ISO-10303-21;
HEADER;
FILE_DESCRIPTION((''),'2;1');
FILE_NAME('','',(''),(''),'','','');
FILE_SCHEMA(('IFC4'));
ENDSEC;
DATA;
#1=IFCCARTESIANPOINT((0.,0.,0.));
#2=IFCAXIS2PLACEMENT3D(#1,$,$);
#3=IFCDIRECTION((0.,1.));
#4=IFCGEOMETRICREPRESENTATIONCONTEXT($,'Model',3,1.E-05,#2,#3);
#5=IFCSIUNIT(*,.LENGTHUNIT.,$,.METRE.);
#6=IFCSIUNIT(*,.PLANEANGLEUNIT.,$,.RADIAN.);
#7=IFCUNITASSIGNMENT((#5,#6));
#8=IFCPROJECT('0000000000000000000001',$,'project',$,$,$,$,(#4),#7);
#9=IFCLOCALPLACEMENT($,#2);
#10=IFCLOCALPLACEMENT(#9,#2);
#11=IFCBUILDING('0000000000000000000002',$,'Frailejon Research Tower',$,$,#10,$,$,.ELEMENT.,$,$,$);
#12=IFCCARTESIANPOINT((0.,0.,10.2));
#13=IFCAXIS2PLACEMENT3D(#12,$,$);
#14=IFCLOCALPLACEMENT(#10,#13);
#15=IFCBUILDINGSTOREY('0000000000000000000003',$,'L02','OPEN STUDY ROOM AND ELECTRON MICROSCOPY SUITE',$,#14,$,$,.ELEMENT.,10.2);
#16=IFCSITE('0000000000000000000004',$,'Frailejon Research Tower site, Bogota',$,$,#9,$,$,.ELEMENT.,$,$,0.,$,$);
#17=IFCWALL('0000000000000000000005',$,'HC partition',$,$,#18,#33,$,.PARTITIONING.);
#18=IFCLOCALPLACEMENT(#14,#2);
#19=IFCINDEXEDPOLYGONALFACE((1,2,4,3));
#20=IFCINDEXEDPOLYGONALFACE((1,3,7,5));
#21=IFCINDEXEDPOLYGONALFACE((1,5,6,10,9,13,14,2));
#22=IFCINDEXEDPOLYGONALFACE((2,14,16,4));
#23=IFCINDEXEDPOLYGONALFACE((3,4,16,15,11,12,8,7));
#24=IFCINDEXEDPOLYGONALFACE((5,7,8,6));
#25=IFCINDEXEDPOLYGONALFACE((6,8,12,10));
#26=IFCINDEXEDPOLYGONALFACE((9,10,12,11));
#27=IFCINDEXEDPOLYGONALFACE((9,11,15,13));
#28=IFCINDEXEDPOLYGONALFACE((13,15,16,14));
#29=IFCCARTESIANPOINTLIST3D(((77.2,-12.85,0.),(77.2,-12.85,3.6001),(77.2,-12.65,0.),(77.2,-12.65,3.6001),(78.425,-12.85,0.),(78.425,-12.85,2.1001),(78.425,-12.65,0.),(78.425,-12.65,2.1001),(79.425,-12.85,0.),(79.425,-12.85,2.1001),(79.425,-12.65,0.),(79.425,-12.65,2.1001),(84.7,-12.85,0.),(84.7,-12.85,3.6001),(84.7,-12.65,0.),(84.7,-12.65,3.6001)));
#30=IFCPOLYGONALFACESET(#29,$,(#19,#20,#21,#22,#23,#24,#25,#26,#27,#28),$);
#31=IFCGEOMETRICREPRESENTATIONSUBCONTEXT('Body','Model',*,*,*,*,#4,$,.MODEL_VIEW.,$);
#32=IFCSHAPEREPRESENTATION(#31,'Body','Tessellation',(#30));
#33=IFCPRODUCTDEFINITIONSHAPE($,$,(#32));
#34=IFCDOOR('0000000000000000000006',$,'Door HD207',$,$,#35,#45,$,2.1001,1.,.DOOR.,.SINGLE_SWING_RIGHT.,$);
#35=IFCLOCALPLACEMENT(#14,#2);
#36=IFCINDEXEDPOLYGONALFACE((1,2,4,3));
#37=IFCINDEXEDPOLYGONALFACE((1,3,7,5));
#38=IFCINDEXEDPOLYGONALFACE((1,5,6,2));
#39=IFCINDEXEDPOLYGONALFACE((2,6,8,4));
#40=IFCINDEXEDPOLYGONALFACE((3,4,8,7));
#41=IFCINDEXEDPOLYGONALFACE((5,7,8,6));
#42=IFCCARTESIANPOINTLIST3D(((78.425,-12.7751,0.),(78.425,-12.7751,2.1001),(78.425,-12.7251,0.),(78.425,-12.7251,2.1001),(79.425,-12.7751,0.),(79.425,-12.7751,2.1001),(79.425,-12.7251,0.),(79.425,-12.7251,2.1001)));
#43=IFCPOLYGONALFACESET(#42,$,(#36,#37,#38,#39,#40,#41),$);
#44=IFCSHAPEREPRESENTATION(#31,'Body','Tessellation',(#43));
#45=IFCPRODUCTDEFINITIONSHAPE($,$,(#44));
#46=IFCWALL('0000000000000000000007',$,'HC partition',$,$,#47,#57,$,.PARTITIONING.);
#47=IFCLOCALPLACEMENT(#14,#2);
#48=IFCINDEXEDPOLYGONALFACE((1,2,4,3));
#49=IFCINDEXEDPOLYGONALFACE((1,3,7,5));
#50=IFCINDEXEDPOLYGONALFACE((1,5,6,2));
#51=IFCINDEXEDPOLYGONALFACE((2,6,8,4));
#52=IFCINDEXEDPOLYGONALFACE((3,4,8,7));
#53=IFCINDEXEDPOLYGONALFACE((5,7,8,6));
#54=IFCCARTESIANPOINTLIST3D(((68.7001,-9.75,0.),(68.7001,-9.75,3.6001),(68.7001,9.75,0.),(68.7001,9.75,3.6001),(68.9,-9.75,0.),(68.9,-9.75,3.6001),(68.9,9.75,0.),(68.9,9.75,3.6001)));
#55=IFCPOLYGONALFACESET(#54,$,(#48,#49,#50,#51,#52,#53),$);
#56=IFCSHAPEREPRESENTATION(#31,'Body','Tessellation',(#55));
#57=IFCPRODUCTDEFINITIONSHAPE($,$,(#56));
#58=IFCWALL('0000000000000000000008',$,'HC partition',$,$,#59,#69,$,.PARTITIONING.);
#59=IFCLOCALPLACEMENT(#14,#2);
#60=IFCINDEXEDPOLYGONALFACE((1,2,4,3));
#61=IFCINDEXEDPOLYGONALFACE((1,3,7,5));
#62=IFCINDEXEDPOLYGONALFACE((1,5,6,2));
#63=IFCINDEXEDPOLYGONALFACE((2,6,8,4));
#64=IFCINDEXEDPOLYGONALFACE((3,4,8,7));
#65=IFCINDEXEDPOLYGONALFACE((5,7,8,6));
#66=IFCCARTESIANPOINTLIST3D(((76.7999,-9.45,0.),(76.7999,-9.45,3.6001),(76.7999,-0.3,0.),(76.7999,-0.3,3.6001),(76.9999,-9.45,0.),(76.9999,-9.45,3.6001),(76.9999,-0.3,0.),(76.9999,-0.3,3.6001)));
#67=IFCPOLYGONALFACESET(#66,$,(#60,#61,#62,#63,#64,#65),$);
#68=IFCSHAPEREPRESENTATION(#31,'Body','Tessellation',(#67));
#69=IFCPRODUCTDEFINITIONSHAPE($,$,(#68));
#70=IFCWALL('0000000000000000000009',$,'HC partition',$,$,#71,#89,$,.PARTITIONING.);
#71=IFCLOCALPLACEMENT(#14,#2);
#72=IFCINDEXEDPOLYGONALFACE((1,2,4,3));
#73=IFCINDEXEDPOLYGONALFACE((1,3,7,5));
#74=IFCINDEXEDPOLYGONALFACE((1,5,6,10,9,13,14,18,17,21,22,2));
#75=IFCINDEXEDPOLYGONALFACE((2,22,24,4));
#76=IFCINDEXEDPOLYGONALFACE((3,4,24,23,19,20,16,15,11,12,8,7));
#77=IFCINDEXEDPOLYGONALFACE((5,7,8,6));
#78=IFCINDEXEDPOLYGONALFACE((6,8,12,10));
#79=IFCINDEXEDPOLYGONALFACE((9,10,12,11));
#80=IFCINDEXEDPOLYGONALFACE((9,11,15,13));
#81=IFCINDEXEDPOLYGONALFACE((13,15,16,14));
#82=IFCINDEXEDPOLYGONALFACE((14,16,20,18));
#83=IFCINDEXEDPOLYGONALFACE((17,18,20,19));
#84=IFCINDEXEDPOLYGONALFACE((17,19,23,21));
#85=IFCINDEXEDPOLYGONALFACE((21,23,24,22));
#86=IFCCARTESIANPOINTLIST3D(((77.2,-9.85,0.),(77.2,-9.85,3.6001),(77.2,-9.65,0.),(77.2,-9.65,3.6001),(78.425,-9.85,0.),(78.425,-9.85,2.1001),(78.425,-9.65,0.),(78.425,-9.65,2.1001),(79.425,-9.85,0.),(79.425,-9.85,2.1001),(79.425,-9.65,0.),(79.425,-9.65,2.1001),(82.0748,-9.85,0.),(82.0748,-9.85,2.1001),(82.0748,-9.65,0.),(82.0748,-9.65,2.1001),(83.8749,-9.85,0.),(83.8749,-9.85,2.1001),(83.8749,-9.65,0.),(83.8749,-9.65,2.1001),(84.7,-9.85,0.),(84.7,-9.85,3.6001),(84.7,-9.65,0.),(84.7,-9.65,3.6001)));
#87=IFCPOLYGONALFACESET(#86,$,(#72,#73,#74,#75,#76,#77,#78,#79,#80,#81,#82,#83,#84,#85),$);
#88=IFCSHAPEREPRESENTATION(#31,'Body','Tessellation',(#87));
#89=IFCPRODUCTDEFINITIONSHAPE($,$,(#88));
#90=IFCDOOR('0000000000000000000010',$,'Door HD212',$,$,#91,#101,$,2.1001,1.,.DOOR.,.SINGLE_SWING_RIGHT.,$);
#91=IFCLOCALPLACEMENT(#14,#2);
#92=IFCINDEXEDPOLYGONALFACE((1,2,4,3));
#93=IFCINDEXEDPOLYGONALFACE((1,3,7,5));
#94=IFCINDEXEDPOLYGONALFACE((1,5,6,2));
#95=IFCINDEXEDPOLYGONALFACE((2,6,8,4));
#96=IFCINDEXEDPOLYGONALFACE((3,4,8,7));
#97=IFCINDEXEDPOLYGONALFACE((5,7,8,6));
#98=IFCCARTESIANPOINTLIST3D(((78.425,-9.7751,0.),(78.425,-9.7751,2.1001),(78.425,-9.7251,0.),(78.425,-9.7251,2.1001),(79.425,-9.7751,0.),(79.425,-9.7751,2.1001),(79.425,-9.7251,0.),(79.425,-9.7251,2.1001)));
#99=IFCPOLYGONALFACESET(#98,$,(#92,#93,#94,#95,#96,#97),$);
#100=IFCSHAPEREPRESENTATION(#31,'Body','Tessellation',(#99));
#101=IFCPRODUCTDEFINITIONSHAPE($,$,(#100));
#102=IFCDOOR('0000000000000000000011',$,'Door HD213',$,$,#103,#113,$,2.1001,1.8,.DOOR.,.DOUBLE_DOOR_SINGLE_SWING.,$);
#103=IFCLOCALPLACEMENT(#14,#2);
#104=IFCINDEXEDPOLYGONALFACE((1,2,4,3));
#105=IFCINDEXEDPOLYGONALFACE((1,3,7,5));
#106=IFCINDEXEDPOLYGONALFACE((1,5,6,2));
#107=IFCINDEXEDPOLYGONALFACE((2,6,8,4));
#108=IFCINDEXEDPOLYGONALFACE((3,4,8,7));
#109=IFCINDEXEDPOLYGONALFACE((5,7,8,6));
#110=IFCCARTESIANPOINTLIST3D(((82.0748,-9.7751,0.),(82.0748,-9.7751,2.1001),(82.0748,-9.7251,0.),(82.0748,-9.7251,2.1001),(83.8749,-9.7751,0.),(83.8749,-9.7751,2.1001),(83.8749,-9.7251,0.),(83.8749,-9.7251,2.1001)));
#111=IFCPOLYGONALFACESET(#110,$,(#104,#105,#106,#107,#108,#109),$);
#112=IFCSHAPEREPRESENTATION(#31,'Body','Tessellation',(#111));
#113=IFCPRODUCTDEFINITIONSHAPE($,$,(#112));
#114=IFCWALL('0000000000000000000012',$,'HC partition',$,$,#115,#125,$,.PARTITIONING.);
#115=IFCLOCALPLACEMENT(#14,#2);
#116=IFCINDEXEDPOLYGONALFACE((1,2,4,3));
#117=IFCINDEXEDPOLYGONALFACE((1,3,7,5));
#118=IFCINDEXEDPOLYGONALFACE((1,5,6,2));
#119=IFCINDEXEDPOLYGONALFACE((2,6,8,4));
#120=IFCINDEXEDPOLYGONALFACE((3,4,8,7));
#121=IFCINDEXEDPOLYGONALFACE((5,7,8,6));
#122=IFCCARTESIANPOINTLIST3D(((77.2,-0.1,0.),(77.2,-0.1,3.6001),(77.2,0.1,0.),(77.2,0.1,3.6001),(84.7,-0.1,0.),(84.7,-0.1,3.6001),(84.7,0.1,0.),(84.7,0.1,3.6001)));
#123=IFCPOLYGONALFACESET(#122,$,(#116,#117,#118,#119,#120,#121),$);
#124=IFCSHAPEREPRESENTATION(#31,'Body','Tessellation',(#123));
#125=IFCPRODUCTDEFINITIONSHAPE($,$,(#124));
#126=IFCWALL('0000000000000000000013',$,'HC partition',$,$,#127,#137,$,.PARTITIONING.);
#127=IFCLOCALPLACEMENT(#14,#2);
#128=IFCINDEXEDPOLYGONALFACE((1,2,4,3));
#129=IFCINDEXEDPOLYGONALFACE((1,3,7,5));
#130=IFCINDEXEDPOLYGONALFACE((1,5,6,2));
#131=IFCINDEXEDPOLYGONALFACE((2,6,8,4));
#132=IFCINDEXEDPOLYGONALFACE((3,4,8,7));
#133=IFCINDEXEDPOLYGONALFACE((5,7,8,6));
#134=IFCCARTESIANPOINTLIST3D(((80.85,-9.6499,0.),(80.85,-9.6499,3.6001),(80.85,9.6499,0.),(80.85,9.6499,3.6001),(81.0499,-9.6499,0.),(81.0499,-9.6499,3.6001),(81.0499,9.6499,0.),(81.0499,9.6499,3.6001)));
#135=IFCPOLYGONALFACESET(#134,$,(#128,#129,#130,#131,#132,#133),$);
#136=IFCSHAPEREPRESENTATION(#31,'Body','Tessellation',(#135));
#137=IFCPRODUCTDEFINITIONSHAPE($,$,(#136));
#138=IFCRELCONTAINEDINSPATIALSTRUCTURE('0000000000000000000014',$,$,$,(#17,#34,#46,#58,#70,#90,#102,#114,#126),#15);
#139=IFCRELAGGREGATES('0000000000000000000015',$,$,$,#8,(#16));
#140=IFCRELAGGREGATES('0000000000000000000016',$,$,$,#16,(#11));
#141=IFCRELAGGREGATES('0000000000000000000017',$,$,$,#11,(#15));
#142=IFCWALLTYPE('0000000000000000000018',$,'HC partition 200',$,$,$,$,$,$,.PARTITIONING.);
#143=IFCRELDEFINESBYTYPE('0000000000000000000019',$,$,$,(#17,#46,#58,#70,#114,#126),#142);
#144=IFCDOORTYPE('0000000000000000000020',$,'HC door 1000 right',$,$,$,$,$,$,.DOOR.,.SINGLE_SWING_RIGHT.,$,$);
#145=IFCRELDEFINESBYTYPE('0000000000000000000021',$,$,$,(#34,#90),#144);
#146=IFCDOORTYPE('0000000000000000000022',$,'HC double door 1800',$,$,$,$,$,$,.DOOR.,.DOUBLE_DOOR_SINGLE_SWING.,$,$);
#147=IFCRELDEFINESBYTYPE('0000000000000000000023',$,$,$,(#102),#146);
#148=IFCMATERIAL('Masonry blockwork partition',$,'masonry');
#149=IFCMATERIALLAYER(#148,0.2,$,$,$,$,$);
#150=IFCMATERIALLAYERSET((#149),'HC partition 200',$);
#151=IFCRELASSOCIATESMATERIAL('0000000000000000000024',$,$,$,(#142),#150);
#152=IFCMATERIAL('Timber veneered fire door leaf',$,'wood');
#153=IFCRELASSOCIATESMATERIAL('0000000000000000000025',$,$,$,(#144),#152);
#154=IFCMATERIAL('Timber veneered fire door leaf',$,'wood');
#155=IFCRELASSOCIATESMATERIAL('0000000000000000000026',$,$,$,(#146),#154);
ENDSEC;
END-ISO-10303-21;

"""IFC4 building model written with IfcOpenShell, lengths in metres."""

from ifc_helpers import new_model, si_unit, direction, frame, frame_2d, origin, place, context, subcontext, project, spatial, rectangle, extrude, material, layer, layer_set, type_object, element, fill, save


model = new_model("IFC4")

# Units and contexts
model_context = context("Model", 3, precision=1e-05, world=origin(), true_north=direction((0.0, 1.0)))
body_context = subcontext(model_context, "Body", "Model", "MODEL_VIEW")
ifc_project = project(units=[si_unit("LENGTHUNIT", "METRE"), si_unit("PLANEANGLEUNIT", "RADIAN")], contexts=[model_context])

# Site, building, storey
site_placement = place(None, origin())
site = spatial("IfcSite", under=ifc_project, at=site_placement, Name="Frailejon Research Tower site, Bogota", CompositionType="ELEMENT", RefElevation=0.0)
building_placement = place(site_placement, origin())
building = spatial("IfcBuilding", under=site, at=building_placement, Name="Frailejon Research Tower", CompositionType="ELEMENT")
storey_placement = place(building_placement, frame((0.0, 0.0, 10.2)))
storey = spatial("IfcBuildingStorey", under=building, at=storey_placement, Name="L02", Description="OPEN STUDY ROOM AND ELECTRON MICROSCOPY SUITE", CompositionType="ELEMENT", Elevation=10.2)

# Wall, opening, door
ifc_material_1 = material(Name="Masonry blockwork partition", Category="masonry")
ifc_layer_1 = layer(ifc_material_1, 0.2)
ifc_layer_set_1 = layer_set([ifc_layer_1], Name="HC partition 200")
wall_type_1 = type_object("IfcWallType", Name="HC partition 200", PredefinedType="PARTITIONING", material=ifc_layer_set_1)
wall_1_placement = place(storey_placement, frame((77.2, -12.75, 0.0), z_axis=(0.0, 0.0, 1.0), x_axis=(1.0, 0.0, 0.0)))
wall_1 = element("IfcWall", 1, at=wall_1_placement, inside=storey, type_object=wall_type_1, Name="HC partition", PredefinedType="PARTITIONING", context=body_context, shape_type="SweptSolid", body=[
    extrude(rectangle(XDim=7.5, YDim=0.2, at=frame_2d((3.75, 0.0))), origin(), (0.0, 0.0, 1.0), 3.6001),
])
opening_1_placement = place(wall_1_placement, frame((1.2251, 0.0, 0.0)))
opening_1 = element("IfcOpeningElement", 2, at=opening_1_placement, cuts=wall_1, PredefinedType="OPENING", context=body_context, shape_type="SweptSolid", body=[
    extrude(rectangle(XDim=1.0, YDim=2.1001, at=frame_2d((0.5, 1.05))), frame((0.0, 0.1099, 0.0), z_axis=(0.0, -1.0, 0.0), x_axis=(1.0, 0.0, 0.0)), (0.0, 0.0, 1.0), 0.22),
])
ifc_material_2 = material(Name="Timber veneered fire door leaf", Category="wood")
door_type_1 = type_object("IfcDoorType", Name="HC door 1000 right", OperationType="SINGLE_SWING_RIGHT", PredefinedType="DOOR", material=ifc_material_2)
door_1_placement = place(opening_1_placement, origin())
door_1 = element("IfcDoor", 3, at=door_1_placement, inside=storey, type_object=door_type_1, Name="Door HD207", OperationType="SINGLE_SWING_RIGHT", OverallHeight=2.1001, OverallWidth=1.0, PredefinedType="DOOR", context=body_context, shape_type="SweptSolid", body=[
    extrude(rectangle(XDim=1.0, YDim=2.1001, at=frame_2d((0.5, 1.05))), frame((0.0, 0.0249, 0.0), z_axis=(0.0, -1.0, 0.0), x_axis=(1.0, 0.0, 0.0)), (0.0, 0.0, 1.0), 0.05),
])
fill(opening_1, door_1)

# Walls
wall_2_placement = place(storey_placement, frame((68.8, -9.75, 0.0), z_axis=(0.0, 0.0, 1.0), x_axis=(0.0, 1.0, 0.0)))
element("IfcWall", 4, at=wall_2_placement, inside=storey, type_object=wall_type_1, Name="HC partition", PredefinedType="PARTITIONING", context=body_context, shape_type="SweptSolid", body=[
    extrude(rectangle(XDim=19.5, YDim=0.2, at=frame_2d((9.75, 0.0))), origin(), (0.0, 0.0, 1.0), 3.6001),
])
wall_3_placement = place(storey_placement, frame((76.8999, -9.45, 0.0), z_axis=(0.0, 0.0, 1.0), x_axis=(0.0, 1.0, 0.0)))
element("IfcWall", 5, at=wall_3_placement, inside=storey, type_object=wall_type_1, Name="HC partition", PredefinedType="PARTITIONING", context=body_context, shape_type="SweptSolid", body=[
    extrude(rectangle(XDim=9.1499, YDim=0.2, at=frame_2d((4.575, 0.0))), origin(), (0.0, 0.0, 1.0), 3.6001),
])

# Wall, openings, doors
wall_4_placement = place(storey_placement, frame((77.2, -9.75, 0.0), z_axis=(0.0, 0.0, 1.0), x_axis=(1.0, 0.0, 0.0)))
wall_4 = element("IfcWall", 6, at=wall_4_placement, inside=storey, type_object=wall_type_1, Name="HC partition", PredefinedType="PARTITIONING", context=body_context, shape_type="SweptSolid", body=[
    extrude(rectangle(XDim=7.5, YDim=0.2, at=frame_2d((3.75, 0.0))), origin(), (0.0, 0.0, 1.0), 3.6001),
])
opening_2_placement = place(wall_4_placement, frame((1.2251, 0.0, 0.0)))
opening_2 = element("IfcOpeningElement", 7, at=opening_2_placement, cuts=wall_4, PredefinedType="OPENING", context=body_context, shape_type="SweptSolid", body=[
    extrude(rectangle(XDim=1.0, YDim=2.1001, at=frame_2d((0.5, 1.05))), frame((0.0, 0.1099, 0.0), z_axis=(0.0, -1.0, 0.0), x_axis=(1.0, 0.0, 0.0)), (0.0, 0.0, 1.0), 0.22),
])
opening_3_placement = place(wall_4_placement, frame((4.875, 0.0, 0.0)))
opening_3 = element("IfcOpeningElement", 8, at=opening_3_placement, cuts=wall_4, PredefinedType="OPENING", context=body_context, shape_type="SweptSolid", body=[
    extrude(rectangle(XDim=1.8, YDim=2.1001, at=frame_2d((0.8999, 1.05))), frame((0.0, 0.1099, 0.0), z_axis=(0.0, -1.0, 0.0), x_axis=(1.0, 0.0, 0.0)), (0.0, 0.0, 1.0), 0.22),
])
door_2_placement = place(opening_2_placement, origin())
door_2 = element("IfcDoor", 9, at=door_2_placement, inside=storey, type_object=door_type_1, Name="Door HD212", OperationType="SINGLE_SWING_RIGHT", OverallHeight=2.1001, OverallWidth=1.0, PredefinedType="DOOR", context=body_context, shape_type="SweptSolid", body=[
    extrude(rectangle(XDim=1.0, YDim=2.1001, at=frame_2d((0.5, 1.05))), frame((0.0, 0.0249, 0.0), z_axis=(0.0, -1.0, 0.0), x_axis=(1.0, 0.0, 0.0)), (0.0, 0.0, 1.0), 0.05),
])
fill(opening_2, door_2)
ifc_material_3 = material(Name="Timber veneered fire door leaf", Category="wood")
door_type_2 = type_object("IfcDoorType", Name="HC double door 1800", OperationType="DOUBLE_DOOR_SINGLE_SWING", PredefinedType="DOOR", material=ifc_material_3)
door_3_placement = place(opening_3_placement, origin())
door_3 = element("IfcDoor", 10, at=door_3_placement, inside=storey, type_object=door_type_2, Name="Door HD213", OperationType="DOUBLE_DOOR_SINGLE_SWING", OverallHeight=2.1001, OverallWidth=1.8, PredefinedType="DOOR", context=body_context, shape_type="SweptSolid", body=[
    extrude(rectangle(XDim=1.8, YDim=2.1001, at=frame_2d((0.8999, 1.05))), frame((0.0, 0.0249, 0.0), z_axis=(0.0, -1.0, 0.0), x_axis=(1.0, 0.0, 0.0)), (0.0, 0.0, 1.0), 0.05),
])
fill(opening_3, door_3)

# Walls
wall_5_placement = place(storey_placement, frame((77.2, 0.0, 0.0), z_axis=(0.0, 0.0, 1.0), x_axis=(1.0, 0.0, 0.0)))
element("IfcWall", 11, at=wall_5_placement, inside=storey, type_object=wall_type_1, Name="HC partition", PredefinedType="PARTITIONING", context=body_context, shape_type="SweptSolid", body=[
    extrude(rectangle(XDim=7.5, YDim=0.2, at=frame_2d((3.75, 0.0))), origin(), (0.0, 0.0, 1.0), 3.6001),
])
wall_6_placement = place(storey_placement, frame((80.95, -9.6499, 0.0), z_axis=(0.0, 0.0, 1.0), x_axis=(0.0, 1.0, 0.0)))
element("IfcWall", 12, at=wall_6_placement, inside=storey, type_object=wall_type_1, Name="HC partition", PredefinedType="PARTITIONING", context=body_context, shape_type="SweptSolid", body=[
    extrude(rectangle(XDim=19.2998, YDim=0.2, at=frame_2d((9.6499, 0.0))), origin(), (0.0, 0.0, 1.0), 3.6001),
])

save(model, "model.ifc")
